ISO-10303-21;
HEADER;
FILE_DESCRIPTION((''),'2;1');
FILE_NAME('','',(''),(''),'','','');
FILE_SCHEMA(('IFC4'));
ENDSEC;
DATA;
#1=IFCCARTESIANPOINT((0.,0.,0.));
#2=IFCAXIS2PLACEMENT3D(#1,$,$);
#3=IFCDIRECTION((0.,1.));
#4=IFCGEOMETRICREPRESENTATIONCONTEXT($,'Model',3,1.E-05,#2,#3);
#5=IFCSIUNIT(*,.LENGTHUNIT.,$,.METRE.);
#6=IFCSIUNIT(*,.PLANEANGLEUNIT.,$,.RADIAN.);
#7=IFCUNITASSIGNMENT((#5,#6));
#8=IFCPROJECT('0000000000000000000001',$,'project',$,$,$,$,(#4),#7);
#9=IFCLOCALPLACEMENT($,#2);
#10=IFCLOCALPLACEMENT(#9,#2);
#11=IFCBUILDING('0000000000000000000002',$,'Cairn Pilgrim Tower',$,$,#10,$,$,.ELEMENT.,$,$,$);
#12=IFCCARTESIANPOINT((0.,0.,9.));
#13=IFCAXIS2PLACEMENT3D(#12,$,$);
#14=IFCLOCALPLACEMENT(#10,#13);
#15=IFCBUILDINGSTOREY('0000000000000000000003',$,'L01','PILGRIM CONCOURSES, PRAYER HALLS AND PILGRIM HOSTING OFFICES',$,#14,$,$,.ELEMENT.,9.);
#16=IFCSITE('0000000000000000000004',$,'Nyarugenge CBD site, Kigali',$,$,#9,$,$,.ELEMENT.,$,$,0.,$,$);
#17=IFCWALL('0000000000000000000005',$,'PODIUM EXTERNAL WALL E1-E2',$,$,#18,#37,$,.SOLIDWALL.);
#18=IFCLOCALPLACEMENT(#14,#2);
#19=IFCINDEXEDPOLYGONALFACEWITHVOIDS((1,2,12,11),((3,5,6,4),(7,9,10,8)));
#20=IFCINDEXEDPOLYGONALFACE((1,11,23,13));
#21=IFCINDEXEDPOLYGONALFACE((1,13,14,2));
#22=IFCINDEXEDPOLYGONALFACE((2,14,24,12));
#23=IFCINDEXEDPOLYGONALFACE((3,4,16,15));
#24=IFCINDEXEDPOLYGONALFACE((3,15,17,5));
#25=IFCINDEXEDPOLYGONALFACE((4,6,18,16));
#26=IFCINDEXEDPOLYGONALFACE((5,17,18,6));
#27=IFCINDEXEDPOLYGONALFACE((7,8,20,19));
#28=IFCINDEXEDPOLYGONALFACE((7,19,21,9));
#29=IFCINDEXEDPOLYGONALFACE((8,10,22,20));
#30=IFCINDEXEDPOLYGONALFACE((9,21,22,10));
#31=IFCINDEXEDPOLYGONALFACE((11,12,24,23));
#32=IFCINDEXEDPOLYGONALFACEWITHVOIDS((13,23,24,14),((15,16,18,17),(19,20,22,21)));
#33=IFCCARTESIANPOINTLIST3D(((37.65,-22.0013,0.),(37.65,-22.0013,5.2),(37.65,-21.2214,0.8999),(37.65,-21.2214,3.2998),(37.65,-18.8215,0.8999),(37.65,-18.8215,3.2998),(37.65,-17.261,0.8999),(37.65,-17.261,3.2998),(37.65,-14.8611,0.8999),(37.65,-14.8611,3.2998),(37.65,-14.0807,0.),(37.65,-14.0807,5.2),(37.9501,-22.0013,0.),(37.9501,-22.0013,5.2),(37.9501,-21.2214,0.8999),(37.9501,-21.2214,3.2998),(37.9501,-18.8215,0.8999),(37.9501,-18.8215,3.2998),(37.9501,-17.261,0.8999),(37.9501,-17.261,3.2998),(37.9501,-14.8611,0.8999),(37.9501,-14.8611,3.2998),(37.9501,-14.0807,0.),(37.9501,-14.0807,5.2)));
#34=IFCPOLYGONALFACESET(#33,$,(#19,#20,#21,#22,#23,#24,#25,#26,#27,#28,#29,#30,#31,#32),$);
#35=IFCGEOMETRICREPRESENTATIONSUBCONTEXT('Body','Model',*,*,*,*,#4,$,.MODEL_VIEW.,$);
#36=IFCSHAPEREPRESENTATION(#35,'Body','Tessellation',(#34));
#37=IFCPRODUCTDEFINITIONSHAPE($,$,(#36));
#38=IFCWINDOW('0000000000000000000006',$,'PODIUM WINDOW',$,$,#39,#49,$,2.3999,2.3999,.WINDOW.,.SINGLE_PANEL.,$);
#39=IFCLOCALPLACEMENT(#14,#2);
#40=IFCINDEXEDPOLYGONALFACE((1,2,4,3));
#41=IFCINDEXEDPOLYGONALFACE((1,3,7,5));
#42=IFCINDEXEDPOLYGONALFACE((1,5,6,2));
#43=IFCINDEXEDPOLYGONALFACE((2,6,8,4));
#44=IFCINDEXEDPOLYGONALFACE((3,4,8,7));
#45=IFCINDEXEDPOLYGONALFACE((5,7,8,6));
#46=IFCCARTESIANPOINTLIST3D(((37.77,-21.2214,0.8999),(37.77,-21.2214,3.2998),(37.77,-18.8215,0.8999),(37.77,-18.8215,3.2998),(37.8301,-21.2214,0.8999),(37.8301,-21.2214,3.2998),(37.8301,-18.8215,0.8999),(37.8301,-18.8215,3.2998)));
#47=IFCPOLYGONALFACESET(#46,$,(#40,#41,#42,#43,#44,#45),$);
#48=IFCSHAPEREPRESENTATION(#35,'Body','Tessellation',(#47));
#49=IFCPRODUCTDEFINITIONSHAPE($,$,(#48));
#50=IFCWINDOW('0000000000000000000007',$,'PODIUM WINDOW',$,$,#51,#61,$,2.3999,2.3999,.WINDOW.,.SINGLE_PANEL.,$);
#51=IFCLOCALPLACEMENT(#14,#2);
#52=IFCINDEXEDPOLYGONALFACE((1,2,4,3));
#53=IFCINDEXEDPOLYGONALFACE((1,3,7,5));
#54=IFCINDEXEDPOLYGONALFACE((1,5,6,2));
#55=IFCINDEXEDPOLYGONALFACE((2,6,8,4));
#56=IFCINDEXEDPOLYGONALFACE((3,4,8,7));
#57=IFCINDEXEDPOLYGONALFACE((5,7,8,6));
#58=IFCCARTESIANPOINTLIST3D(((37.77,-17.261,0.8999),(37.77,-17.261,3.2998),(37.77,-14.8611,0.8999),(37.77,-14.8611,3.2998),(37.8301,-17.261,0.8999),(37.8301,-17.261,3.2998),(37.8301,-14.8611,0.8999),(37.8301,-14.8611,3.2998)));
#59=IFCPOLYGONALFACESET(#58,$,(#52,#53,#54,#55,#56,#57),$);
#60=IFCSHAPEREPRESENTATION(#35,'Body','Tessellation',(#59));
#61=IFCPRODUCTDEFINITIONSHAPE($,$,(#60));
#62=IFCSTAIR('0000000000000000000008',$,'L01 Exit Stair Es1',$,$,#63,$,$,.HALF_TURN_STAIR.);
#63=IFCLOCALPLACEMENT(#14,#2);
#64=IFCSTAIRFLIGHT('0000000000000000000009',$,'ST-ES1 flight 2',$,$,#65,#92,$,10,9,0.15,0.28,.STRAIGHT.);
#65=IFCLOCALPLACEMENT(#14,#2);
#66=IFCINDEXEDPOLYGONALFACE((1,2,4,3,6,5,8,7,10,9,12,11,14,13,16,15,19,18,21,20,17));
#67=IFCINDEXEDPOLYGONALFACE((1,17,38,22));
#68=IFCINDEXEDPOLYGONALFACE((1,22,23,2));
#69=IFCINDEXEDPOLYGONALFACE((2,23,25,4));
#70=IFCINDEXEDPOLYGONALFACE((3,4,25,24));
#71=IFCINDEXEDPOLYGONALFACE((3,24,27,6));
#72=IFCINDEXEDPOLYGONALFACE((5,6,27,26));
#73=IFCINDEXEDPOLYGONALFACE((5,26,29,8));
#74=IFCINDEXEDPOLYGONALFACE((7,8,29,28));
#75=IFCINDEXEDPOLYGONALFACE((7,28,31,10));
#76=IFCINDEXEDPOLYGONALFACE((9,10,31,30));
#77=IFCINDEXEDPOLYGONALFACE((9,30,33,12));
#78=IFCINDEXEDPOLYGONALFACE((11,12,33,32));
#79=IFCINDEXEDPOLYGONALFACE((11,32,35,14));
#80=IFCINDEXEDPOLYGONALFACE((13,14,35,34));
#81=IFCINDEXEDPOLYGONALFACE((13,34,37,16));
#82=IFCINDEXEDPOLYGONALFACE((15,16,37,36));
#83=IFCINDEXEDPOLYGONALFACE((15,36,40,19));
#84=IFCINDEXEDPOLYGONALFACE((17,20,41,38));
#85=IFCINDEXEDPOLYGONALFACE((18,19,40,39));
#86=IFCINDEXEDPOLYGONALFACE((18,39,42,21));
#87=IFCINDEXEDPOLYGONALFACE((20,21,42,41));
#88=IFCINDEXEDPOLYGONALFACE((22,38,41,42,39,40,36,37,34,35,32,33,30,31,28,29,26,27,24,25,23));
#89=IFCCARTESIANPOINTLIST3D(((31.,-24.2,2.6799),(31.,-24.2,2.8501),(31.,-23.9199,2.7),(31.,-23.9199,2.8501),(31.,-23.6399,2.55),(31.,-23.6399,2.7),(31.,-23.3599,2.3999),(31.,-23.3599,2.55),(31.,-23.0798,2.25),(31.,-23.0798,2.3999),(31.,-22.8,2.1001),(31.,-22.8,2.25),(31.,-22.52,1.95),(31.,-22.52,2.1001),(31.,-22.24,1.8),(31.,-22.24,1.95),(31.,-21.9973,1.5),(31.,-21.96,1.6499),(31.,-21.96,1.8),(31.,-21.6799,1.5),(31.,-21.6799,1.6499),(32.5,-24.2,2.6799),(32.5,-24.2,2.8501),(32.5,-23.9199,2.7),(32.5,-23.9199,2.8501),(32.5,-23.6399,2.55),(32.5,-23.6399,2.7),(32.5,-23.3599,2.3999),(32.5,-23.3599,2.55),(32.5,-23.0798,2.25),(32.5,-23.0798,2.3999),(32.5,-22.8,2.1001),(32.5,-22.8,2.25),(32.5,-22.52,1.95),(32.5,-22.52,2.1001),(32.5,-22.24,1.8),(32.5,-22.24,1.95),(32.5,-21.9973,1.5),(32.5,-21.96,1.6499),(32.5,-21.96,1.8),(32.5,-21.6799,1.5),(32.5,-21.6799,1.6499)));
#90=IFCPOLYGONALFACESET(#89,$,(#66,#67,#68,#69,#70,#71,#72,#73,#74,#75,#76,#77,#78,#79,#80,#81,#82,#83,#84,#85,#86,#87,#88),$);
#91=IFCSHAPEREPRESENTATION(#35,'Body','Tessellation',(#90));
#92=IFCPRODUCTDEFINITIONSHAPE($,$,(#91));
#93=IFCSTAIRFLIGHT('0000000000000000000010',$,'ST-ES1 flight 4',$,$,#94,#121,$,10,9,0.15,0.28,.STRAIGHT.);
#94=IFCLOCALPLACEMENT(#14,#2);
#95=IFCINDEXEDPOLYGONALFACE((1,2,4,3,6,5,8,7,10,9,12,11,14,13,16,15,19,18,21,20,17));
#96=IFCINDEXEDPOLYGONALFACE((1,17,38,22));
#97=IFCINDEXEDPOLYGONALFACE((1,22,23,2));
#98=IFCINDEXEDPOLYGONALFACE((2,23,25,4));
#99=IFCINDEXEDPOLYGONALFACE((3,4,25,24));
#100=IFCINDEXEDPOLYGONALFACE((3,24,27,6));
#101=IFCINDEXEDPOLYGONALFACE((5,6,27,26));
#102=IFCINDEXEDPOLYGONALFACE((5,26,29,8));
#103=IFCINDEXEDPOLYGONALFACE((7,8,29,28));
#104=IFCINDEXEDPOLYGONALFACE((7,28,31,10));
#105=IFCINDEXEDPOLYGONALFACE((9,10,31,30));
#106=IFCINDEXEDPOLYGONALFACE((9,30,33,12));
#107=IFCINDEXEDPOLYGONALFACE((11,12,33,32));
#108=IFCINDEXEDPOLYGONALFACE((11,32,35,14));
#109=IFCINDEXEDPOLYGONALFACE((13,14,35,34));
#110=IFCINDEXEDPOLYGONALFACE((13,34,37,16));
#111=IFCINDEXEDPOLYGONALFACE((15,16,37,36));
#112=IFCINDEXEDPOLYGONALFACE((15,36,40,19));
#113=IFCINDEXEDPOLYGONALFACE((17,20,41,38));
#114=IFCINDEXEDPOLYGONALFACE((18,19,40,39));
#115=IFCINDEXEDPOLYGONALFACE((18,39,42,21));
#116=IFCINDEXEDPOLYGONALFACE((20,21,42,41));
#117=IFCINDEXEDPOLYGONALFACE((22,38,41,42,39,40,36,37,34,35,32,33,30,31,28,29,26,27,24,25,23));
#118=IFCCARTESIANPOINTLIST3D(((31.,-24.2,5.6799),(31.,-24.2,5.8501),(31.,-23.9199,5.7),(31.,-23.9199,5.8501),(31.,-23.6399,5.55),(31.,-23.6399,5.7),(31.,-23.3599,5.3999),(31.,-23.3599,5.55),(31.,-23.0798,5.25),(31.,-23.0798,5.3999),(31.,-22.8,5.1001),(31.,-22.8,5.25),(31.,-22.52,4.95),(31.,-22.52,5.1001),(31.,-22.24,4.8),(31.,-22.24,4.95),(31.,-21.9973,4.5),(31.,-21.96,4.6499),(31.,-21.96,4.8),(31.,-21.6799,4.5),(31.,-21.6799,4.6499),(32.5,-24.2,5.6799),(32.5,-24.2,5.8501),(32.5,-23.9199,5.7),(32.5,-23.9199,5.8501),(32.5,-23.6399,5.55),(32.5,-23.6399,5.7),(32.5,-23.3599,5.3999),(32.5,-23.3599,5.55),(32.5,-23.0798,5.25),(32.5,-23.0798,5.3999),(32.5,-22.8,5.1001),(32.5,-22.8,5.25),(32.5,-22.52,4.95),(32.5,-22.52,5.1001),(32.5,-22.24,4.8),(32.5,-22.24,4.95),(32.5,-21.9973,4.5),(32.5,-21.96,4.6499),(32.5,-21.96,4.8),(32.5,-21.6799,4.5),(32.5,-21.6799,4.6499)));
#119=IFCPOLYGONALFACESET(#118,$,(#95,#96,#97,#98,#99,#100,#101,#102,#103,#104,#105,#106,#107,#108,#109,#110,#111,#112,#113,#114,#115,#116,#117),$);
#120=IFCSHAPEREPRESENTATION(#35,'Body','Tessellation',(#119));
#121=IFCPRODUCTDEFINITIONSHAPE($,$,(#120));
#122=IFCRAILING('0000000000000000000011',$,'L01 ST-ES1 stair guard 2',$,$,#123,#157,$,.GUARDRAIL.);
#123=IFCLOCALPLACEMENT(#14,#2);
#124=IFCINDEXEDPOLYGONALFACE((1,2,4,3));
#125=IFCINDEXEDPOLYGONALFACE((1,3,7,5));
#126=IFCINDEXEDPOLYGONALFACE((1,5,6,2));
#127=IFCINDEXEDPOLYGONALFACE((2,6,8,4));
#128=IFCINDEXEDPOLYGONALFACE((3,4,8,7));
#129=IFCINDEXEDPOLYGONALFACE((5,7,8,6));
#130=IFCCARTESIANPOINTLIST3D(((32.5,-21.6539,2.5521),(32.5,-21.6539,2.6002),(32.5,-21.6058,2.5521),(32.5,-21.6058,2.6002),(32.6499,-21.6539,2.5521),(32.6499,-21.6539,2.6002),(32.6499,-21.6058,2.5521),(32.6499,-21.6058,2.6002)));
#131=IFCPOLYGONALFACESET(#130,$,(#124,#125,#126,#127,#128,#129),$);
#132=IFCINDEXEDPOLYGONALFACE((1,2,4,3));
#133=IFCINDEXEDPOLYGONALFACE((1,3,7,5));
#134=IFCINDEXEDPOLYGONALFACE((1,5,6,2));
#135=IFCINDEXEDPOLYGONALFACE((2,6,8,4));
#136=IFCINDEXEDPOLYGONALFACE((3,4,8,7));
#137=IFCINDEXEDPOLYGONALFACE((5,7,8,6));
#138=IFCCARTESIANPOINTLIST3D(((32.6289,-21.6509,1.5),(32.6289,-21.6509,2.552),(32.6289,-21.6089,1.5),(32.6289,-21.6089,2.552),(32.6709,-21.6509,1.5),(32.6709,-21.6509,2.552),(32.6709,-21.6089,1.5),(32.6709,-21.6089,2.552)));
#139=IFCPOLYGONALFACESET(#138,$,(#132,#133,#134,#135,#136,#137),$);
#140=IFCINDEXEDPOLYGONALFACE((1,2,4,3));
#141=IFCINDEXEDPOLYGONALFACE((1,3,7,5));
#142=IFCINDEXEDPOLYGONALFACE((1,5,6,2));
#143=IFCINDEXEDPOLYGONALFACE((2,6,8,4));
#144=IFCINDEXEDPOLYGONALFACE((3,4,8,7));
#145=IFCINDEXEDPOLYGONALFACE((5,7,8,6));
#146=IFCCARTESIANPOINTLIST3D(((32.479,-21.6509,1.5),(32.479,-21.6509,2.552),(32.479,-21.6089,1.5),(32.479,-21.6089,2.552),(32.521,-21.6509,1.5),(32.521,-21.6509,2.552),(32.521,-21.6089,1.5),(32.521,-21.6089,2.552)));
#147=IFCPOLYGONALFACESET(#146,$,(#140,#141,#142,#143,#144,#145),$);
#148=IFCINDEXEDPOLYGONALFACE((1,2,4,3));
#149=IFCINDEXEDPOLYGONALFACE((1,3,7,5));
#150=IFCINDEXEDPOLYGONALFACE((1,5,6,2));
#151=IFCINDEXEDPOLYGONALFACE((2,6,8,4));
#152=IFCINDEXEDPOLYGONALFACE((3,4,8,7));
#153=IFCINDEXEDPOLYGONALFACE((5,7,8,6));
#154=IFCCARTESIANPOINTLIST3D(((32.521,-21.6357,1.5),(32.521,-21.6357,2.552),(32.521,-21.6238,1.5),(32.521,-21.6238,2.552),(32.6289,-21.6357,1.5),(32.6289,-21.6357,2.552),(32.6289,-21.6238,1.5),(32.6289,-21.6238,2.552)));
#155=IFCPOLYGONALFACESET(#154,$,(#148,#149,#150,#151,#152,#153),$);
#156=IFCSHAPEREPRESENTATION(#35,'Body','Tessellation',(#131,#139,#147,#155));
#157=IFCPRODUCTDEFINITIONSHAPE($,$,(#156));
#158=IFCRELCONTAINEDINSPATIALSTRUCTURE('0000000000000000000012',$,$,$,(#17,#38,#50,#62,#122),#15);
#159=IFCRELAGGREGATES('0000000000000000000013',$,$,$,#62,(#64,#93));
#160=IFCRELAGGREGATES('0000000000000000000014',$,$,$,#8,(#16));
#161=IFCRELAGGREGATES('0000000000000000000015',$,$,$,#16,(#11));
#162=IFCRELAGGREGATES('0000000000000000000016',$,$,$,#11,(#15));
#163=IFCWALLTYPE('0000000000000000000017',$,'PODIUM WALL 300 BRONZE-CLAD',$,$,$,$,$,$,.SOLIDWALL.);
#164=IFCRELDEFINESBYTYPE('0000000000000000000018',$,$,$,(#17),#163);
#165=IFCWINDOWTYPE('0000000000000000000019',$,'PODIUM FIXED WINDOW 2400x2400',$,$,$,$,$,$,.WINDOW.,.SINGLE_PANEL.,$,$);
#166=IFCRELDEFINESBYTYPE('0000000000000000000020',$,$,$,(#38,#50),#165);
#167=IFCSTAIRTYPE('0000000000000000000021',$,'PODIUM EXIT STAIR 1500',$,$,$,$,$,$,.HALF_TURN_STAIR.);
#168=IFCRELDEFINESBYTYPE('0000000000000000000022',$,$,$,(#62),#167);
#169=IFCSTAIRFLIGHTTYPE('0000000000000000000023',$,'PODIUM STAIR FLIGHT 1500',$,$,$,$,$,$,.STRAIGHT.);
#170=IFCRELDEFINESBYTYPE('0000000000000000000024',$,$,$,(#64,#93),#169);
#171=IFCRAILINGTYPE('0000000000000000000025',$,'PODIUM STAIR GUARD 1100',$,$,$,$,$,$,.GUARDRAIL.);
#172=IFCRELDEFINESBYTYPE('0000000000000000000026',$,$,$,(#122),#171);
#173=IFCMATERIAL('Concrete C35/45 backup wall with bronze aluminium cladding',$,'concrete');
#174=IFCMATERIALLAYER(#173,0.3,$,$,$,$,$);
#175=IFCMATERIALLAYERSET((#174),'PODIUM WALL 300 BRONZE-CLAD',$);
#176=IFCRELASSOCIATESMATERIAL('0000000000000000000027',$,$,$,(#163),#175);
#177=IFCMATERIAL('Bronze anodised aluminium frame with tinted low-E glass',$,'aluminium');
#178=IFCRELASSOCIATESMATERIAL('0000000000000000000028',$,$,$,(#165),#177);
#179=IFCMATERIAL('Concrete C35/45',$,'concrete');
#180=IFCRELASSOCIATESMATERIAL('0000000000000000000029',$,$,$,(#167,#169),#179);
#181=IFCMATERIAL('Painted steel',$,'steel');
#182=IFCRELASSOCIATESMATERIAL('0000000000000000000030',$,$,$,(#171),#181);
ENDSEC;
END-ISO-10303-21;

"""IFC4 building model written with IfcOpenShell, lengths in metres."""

from ifc_helpers import new_model, si_unit, direction, frame, frame_2d, origin, origin_2d, place, context, subcontext, project, spatial, polyline, rectangle, outline, extrude, material, layer, layer_set, type_object, element, fill, aggregate, save


model = new_model("IFC4")

# Units and contexts
model_context = context("Model", 3, precision=1e-05, world=origin(), true_north=direction((0.0, 1.0)))
body_context = subcontext(model_context, "Body", "Model", "MODEL_VIEW")
ifc_project = project(units=[si_unit("LENGTHUNIT", "METRE"), si_unit("PLANEANGLEUNIT", "RADIAN")], contexts=[model_context])

# Site, building, storey
site_placement = place(None, origin())
site = spatial("IfcSite", under=ifc_project, at=site_placement, Name="Nyarugenge CBD site, Kigali", CompositionType="ELEMENT", RefElevation=0.0)
building_placement = place(site_placement, origin())
building = spatial("IfcBuilding", under=site, at=building_placement, Name="Cairn Pilgrim Tower", CompositionType="ELEMENT")
storey_placement = place(building_placement, frame((0.0, 0.0, 9.0)))
storey = spatial("IfcBuildingStorey", under=building, at=storey_placement, Name="L01", Description="PILGRIM CONCOURSES, PRAYER HALLS AND PILGRIM HOSTING OFFICES", CompositionType="ELEMENT", Elevation=9.0)

# Shared definitions
ifc_material_1 = material(Name="Concrete C35/45", Category="concrete")

# Wall, openings, windows
ifc_material_2 = material(Name="Concrete C35/45 backup wall with bronze aluminium cladding", Category="concrete")
ifc_layer_1 = layer(ifc_material_2, 0.3)
ifc_layer_set_1 = layer_set([ifc_layer_1], Name="PODIUM WALL 300 BRONZE-CLAD")
wall_type_1 = type_object("IfcWallType", Name="PODIUM WALL 300 BRONZE-CLAD", PredefinedType="SOLIDWALL", material=ifc_layer_set_1)
wall_1_placement = place(storey_placement, frame((37.8, -22.0015, 0.0), z_axis=(0.0, 0.0, 1.0), x_axis=(0.0, 1.0, 0.0)))
wall_1 = element("IfcWall", 1, at=wall_1_placement, inside=storey, type_object=wall_type_1, Name="PODIUM EXTERNAL WALL E1-E2", PredefinedType="SOLIDWALL", context=body_context, shape_type="SweptSolid", body=[
    extrude(rectangle(XDim=7.9207, YDim=0.3, at=frame_2d((3.9604, 0.0))), origin(), (0.0, 0.0, 1.0), 5.2),
])
opening_1_placement = place(wall_1_placement, frame((0.78, 0.0, 0.8999)))
opening_1 = element("IfcOpeningElement", 2, at=opening_1_placement, cuts=wall_1, PredefinedType="OPENING", context=body_context, shape_type="SweptSolid", body=[
    extrude(rectangle(XDim=2.3999, YDim=2.3999, at=frame_2d((1.2, 1.2))), frame((0.0, 0.1602, 0.0), z_axis=(0.0, -1.0, 0.0), x_axis=(1.0, 0.0, 0.0)), (0.0, 0.0, 1.0), 0.3201),
])
opening_2_placement = place(wall_1_placement, frame((4.7405, 0.0, 0.8999)))
opening_2 = element("IfcOpeningElement", 3, at=opening_2_placement, cuts=wall_1, PredefinedType="OPENING", context=body_context, shape_type="SweptSolid", body=[
    extrude(rectangle(XDim=2.3999, YDim=2.3999, at=frame_2d((1.2, 1.2))), frame((0.0, 0.1602, 0.0), z_axis=(0.0, -1.0, 0.0), x_axis=(1.0, 0.0, 0.0)), (0.0, 0.0, 1.0), 0.3201),
])
ifc_material_3 = material(Name="Bronze anodised aluminium frame with tinted low-E glass", Category="aluminium")
window_type = type_object("IfcWindowType", Name="PODIUM FIXED WINDOW 2400x2400", PartitioningType="SINGLE_PANEL", PredefinedType="WINDOW", material=ifc_material_3)
window_1_placement = place(opening_1_placement, origin())
window_1 = element("IfcWindow", 4, at=window_1_placement, inside=storey, type_object=window_type, Name="PODIUM WINDOW", OverallHeight=2.3999, OverallWidth=2.3999, PartitioningType="SINGLE_PANEL", PredefinedType="WINDOW", context=body_context, shape_type="SweptSolid", body=[
    extrude(rectangle(XDim=2.3999, YDim=2.3999, at=frame_2d((1.2, 1.2))), frame((0.0, 0.03, 0.0), z_axis=(0.0, -1.0, 0.0), x_axis=(1.0, 0.0, 0.0)), (0.0, 0.0, 1.0), 0.0601),
])
fill(opening_1, window_1)
window_2_placement = place(opening_2_placement, origin())
window_2 = element("IfcWindow", 5, at=window_2_placement, inside=storey, type_object=window_type, Name="PODIUM WINDOW", OverallHeight=2.3999, OverallWidth=2.3999, PartitioningType="SINGLE_PANEL", PredefinedType="WINDOW", context=body_context, shape_type="SweptSolid", body=[
    extrude(rectangle(XDim=2.3999, YDim=2.3999, at=frame_2d((1.2, 1.2))), frame((0.0, 0.03, 0.0), z_axis=(0.0, -1.0, 0.0), x_axis=(1.0, 0.0, 0.0)), (0.0, 0.0, 1.0), 0.0601),
])
fill(opening_2, window_2)

# Stair, stair flights
stair_type = type_object("IfcStairType", Name="PODIUM EXIT STAIR 1500", PredefinedType="HALF_TURN_STAIR", material=ifc_material_1)
stair_placement = place(storey_placement, origin())
stair = element("IfcStair", 6, at=stair_placement, inside=storey, type_object=stair_type, Name="L01 Exit Stair Es1", PredefinedType="HALF_TURN_STAIR")
stair_flight_type = type_object("IfcStairFlightType", Name="PODIUM STAIR FLIGHT 1500", PredefinedType="STRAIGHT", material=ifc_material_1)
stair_flight_1_placement = place(storey_placement, frame((31.75, -21.6799, 1.5), z_axis=(0.0, 0.0, 1.0), x_axis=(0.0, -1.0, 0.0)))
stair_flight_1 = element("IfcStairFlight", 7, at=stair_flight_1_placement, type_object=stair_flight_type, Name="ST-ES1 flight 2", NumberOfRisers=10, NumberOfTreads=9, PredefinedType="STRAIGHT", RiserHeight=0.15, TreadLength=0.28, context=body_context, shape_type="SweptSolid", body=[
    extrude(outline(polyline([(0.0, 0.0), (0.0, 0.1499), (0.28, 0.1499), (0.28, 0.3), (0.5601, 0.3), (0.5601, 0.45), (0.8401, 0.45), (0.8401, 0.6001), (1.1201, 0.6001), (1.1201, 0.75), (1.3999, 0.75), (1.3999, 0.8999), (1.6799, 0.8999), (1.6799, 1.05), (1.96, 1.05), (1.96, 1.2), (2.24, 1.2), (2.24, 1.3501), (2.52, 1.3501), (2.52, 1.5), (2.52, 1.1799), (0.3174, 0.0), (0.0, 0.0)])), frame((0.0, 0.75, 0.0), z_axis=(0.0, -1.0, 0.0), x_axis=(1.0, 0.0, 0.0)), (0.0, 0.0, 1.0), 1.5),
])
stair_flight_2_placement = place(storey_placement, frame((31.75, -21.6799, 4.5), z_axis=(0.0, 0.0, 1.0), x_axis=(0.0, -1.0, 0.0)))
stair_flight_2 = element("IfcStairFlight", 8, at=stair_flight_2_placement, type_object=stair_flight_type, Name="ST-ES1 flight 4", NumberOfRisers=10, NumberOfTreads=9, PredefinedType="STRAIGHT", RiserHeight=0.15, TreadLength=0.28, context=body_context, shape_type="SweptSolid", body=[
    extrude(outline(polyline([(0.0, 0.0), (0.0, 0.1499), (0.28, 0.1499), (0.28, 0.3), (0.5601, 0.3), (0.5601, 0.45), (0.8401, 0.45), (0.8401, 0.6001), (1.1201, 0.6001), (1.1201, 0.75), (1.3999, 0.75), (1.3999, 0.8999), (1.6799, 0.8999), (1.6799, 1.05), (1.96, 1.05), (1.96, 1.2), (2.24, 1.2), (2.24, 1.3501), (2.52, 1.3501), (2.52, 1.5), (2.52, 1.1799), (0.3174, 0.0), (0.0, 0.0)])), frame((0.0, 0.75, 0.0), z_axis=(0.0, -1.0, 0.0), x_axis=(1.0, 0.0, 0.0)), (0.0, 0.0, 1.0), 1.5),
])
aggregate(stair, [stair_flight_1, stair_flight_2])

# Railing
ifc_material_4 = material(Name="Painted steel", Category="steel")
railing_type_1 = type_object("IfcRailingType", Name="PODIUM STAIR GUARD 1100", PredefinedType="GUARDRAIL", material=ifc_material_4)
railing_1_placement = place(storey_placement, frame((32.6499, -21.6299, 1.5)))
element("IfcRailing", 9, at=railing_1_placement, inside=storey, type_object=railing_type_1, Name="L01 ST-ES1 stair guard 2", PredefinedType="GUARDRAIL", context=body_context, shape_type="SweptSolid", body=[
    extrude(rectangle(XDim=0.0481, YDim=0.0481, at=origin_2d()), frame((0.0, 0.0, 1.0762), z_axis=(-1.0, 0.0, 0.0), x_axis=(0.0, -1.0, 0.0)), (0.0, 0.0, 1.0), 0.1499),
    extrude(rectangle(XDim=0.042, YDim=0.042, at=origin_2d()), origin(), (0.0, 0.0, 1.0), 1.052),
    extrude(rectangle(XDim=0.042, YDim=0.042, at=origin_2d()), frame((-0.1499, 0.0, 0.0)), (0.0, 0.0, 1.0), 1.052),
    extrude(outline(polyline([(0.021, 0.0), (0.1289, 0.0), (0.1289, 1.052), (0.021, 1.052), (0.021, 0.0)])), frame((0.0, -0.0059, 0.0), z_axis=(0.0, 1.0, 0.0), x_axis=(-1.0, 0.0, 0.0)), (0.0, 0.0, 1.0), 0.012),
])

save(model, "model.ifc")
